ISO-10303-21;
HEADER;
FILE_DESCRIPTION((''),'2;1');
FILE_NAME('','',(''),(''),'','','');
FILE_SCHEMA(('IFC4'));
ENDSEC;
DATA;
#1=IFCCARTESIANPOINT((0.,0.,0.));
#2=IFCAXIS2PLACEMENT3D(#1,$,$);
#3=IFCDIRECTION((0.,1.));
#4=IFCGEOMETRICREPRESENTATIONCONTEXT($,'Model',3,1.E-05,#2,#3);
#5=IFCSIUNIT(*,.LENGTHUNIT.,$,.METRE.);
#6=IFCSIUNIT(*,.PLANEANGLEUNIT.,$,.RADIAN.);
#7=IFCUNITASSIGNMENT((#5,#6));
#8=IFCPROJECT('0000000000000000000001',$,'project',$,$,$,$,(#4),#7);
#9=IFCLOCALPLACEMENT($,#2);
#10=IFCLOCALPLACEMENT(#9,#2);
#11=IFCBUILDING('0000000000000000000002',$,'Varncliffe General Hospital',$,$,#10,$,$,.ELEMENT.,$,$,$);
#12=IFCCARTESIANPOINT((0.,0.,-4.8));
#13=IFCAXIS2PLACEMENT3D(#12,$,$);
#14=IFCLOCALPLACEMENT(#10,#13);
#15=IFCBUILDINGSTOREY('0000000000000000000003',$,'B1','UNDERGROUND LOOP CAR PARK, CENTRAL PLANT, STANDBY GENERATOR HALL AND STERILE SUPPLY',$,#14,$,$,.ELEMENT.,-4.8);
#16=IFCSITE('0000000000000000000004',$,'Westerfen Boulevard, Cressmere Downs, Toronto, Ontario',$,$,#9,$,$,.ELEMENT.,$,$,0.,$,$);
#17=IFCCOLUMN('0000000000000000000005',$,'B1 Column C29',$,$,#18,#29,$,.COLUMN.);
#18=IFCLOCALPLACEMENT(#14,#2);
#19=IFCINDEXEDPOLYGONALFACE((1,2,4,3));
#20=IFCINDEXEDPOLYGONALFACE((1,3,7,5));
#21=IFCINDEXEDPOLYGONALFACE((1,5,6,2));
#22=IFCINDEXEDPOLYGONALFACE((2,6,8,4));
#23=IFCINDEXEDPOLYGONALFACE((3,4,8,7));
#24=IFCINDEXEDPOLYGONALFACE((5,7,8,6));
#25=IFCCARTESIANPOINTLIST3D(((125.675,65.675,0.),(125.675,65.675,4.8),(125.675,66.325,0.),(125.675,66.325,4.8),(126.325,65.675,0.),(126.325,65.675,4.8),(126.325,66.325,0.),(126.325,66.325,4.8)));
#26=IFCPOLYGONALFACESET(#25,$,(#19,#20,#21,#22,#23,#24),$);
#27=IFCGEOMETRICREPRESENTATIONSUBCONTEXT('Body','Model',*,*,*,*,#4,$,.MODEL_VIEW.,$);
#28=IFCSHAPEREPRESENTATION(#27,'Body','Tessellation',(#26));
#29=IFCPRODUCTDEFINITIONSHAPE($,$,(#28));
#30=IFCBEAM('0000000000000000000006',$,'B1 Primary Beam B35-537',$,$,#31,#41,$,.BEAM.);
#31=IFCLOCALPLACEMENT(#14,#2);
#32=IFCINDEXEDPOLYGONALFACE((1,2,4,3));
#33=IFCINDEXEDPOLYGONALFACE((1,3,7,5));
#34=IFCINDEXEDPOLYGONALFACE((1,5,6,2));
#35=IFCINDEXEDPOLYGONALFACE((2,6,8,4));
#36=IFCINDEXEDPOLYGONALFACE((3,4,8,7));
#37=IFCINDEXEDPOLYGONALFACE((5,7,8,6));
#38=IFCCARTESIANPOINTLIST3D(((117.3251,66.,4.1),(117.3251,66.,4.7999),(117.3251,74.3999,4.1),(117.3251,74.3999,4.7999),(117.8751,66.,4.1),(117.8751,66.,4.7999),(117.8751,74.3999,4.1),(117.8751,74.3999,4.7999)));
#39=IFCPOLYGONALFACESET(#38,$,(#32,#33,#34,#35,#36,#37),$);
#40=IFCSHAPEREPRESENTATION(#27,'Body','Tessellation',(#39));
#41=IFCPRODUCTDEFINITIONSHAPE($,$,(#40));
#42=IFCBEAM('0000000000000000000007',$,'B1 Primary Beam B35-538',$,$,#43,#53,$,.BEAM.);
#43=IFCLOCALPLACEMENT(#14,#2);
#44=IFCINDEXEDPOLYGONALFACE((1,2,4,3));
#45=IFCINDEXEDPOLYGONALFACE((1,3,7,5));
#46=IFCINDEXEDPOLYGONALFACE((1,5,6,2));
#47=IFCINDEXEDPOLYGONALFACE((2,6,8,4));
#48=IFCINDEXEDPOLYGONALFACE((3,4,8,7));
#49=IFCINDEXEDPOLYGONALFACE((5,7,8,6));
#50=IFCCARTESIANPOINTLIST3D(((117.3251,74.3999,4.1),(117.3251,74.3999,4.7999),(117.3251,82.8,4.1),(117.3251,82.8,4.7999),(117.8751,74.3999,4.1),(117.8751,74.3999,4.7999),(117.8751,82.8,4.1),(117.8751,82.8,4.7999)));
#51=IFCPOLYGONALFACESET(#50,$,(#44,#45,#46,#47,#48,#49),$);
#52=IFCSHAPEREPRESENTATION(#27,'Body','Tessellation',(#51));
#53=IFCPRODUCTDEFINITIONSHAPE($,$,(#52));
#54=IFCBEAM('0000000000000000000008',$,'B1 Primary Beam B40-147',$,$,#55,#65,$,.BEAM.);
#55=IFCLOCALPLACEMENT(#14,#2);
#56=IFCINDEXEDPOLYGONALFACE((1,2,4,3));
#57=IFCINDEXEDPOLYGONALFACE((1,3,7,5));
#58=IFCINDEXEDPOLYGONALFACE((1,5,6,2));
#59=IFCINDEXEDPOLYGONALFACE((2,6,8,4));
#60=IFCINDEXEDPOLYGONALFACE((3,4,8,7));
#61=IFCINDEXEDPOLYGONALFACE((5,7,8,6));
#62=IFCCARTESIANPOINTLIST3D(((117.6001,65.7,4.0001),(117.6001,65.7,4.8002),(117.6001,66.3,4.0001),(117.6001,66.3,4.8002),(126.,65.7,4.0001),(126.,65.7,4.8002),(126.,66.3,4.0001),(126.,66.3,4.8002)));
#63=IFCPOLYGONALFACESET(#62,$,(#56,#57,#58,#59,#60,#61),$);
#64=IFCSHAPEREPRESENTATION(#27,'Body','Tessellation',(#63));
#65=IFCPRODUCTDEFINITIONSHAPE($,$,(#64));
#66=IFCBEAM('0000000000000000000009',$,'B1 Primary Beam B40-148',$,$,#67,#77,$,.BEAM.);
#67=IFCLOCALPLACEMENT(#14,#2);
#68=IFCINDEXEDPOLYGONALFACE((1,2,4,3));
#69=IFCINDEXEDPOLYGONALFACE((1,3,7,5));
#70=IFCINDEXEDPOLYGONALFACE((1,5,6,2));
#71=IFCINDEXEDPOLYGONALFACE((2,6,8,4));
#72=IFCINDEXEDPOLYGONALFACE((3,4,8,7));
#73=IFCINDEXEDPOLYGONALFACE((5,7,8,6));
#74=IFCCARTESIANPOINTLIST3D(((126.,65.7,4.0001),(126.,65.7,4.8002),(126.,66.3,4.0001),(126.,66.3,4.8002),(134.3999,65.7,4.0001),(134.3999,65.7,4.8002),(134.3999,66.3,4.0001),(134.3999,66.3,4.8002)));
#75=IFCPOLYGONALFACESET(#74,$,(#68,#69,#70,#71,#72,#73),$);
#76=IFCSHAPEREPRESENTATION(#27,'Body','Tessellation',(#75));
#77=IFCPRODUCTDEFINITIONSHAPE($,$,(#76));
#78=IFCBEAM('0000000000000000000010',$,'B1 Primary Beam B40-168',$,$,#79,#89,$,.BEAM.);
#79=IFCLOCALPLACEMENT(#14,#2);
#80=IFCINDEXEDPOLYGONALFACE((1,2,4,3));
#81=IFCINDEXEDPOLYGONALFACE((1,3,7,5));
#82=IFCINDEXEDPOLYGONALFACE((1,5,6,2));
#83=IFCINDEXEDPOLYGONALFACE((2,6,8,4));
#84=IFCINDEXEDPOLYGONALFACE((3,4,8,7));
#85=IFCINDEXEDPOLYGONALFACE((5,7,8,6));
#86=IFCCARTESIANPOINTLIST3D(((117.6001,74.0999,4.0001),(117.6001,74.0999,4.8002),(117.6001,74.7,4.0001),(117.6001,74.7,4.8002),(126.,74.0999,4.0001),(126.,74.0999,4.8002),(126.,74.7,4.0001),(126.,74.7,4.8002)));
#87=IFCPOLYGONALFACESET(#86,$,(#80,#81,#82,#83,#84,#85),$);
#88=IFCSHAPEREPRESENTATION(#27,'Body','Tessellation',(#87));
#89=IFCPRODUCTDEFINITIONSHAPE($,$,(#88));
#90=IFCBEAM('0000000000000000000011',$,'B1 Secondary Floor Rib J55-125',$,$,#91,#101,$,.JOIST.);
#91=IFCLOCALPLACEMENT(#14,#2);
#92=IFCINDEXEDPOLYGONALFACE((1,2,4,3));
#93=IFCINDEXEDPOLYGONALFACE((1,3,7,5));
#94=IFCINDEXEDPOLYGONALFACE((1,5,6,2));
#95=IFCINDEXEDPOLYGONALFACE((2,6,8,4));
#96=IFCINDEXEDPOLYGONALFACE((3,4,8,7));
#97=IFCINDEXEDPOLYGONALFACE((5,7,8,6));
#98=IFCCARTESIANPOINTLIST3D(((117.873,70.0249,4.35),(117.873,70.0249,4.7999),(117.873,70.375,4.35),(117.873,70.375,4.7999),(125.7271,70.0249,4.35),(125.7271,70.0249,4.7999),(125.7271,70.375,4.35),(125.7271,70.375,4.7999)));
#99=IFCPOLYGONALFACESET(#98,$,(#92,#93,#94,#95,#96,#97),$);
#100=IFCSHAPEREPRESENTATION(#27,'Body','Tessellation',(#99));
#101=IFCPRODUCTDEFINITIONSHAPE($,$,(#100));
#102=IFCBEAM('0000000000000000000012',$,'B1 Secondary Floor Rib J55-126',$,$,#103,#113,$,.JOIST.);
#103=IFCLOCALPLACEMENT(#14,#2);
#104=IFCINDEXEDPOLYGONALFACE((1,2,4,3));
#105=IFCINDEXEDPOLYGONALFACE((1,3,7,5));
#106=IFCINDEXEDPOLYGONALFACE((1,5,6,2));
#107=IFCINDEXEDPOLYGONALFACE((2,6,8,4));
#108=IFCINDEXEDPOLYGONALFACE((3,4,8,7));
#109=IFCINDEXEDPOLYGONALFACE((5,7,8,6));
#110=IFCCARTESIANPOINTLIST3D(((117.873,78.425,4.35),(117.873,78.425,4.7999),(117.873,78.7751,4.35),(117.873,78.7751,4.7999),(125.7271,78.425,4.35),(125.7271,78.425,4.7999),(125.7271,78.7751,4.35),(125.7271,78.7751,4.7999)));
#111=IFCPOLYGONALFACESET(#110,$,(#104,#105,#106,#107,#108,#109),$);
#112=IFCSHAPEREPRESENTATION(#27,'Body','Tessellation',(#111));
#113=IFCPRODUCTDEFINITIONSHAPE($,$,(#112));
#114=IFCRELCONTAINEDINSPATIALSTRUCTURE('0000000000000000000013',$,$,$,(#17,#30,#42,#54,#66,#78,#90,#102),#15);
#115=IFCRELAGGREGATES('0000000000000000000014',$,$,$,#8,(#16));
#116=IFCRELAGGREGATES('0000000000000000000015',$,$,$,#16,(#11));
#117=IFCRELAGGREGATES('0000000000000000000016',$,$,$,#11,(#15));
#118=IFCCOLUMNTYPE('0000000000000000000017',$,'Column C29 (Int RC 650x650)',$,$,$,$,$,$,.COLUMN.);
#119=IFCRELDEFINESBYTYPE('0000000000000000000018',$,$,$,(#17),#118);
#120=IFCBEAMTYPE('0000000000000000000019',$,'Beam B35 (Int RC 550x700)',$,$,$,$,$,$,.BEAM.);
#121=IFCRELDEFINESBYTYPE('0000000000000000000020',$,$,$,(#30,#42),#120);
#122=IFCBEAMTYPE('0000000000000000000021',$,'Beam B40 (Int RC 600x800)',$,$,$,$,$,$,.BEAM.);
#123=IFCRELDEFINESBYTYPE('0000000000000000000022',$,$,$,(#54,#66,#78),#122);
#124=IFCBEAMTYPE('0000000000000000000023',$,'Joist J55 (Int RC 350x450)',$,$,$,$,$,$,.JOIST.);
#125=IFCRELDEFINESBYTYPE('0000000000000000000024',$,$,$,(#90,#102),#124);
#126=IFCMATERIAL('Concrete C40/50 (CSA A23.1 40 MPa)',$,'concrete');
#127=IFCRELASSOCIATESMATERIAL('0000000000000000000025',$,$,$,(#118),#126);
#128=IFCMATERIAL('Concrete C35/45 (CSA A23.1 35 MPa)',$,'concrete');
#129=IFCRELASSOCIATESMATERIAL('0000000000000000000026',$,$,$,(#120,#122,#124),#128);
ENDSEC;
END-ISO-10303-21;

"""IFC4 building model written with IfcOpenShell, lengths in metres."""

from ifc_helpers import new_model, si_unit, direction, frame, origin, origin_2d, place, context, subcontext, project, spatial, rectangle, extrude, material, material_profile, profile_set, type_object, element, save


model = new_model("IFC4")

# Units and contexts
model_context = context("Model", 3, precision=1e-05, world=origin(), true_north=direction((0.0, 1.0)))
body_context = subcontext(model_context, "Body", "Model", "MODEL_VIEW")
ifc_project = project(units=[si_unit("LENGTHUNIT", "METRE"), si_unit("PLANEANGLEUNIT", "RADIAN")], contexts=[model_context])

# Site, building, storey
site_placement = place(None, origin())
site = spatial("IfcSite", under=ifc_project, at=site_placement, Name="Westerfen Boulevard, Cressmere Downs, Toronto, Ontario", CompositionType="ELEMENT", RefElevation=0.0)
building_placement = place(site_placement, origin())
building = spatial("IfcBuilding", under=site, at=building_placement, Name="Varncliffe General Hospital", CompositionType="ELEMENT")
storey_placement = place(building_placement, frame((0.0, 0.0, -4.8)))
storey = spatial("IfcBuildingStorey", under=building, at=storey_placement, Name="B1", Description="UNDERGROUND LOOP CAR PARK, CENTRAL PLANT, STANDBY GENERATOR HALL AND STERILE SUPPLY", CompositionType="ELEMENT", Elevation=-4.8)

# Shared definitions
ifc_material_1 = material(Name="Concrete C40/50 (CSA A23.1 40 MPa)", Category="concrete")

# Column
ifc_material_profile_1 = material_profile(ifc_material_1, rectangle(XDim=0.6499, YDim=0.6499, at=origin_2d()), Name="RC 650x650")
ifc_profile_set_1 = profile_set([ifc_material_profile_1], Name="Concrete C40/50 (CSA A23.1 40 MPa)")
column_type_1 = type_object("IfcColumnType", Name="Column C29 (Int RC 650x650)", PredefinedType="COLUMN", material=ifc_profile_set_1)
column_placement = place(storey_placement, frame((126.0, 66.0, 0.0), z_axis=(0.0, 0.0, 1.0), x_axis=(1.0, 0.0, 0.0)))
element("IfcColumn", 1, at=column_placement, inside=storey, type_object=column_type_1, Name="B1 Column C29", PredefinedType="COLUMN", context=body_context, shape_type="SweptSolid", body=[
    extrude(rectangle(XDim=0.6499, YDim=0.6499, at=origin_2d()), origin(), (0.0, 0.0, 1.0), 4.8),
])

# Beams
ifc_material_2 = material(Name="Concrete C35/45 (CSA A23.1 35 MPa)", Category="concrete")
ifc_material_profile_2 = material_profile(ifc_material_2, rectangle(XDim=0.55, YDim=0.7, at=origin_2d()), Name="RC 550x700")
ifc_profile_set_2 = profile_set([ifc_material_profile_2], Name="Concrete C35/45 (CSA A23.1 35 MPa)")
beam_type_1 = type_object("IfcBeamType", Name="Beam B35 (Int RC 550x700)", PredefinedType="BEAM", material=ifc_profile_set_2)
beam_1_placement = place(storey_placement, frame((117.6001, 66.0, 4.45), z_axis=(0.0, 1.0, 0.0), x_axis=(-1.0, 0.0, 0.0)))
element("IfcBeam", 2, at=beam_1_placement, inside=storey, type_object=beam_type_1, Name="B1 Primary Beam B35-537", PredefinedType="BEAM", context=body_context, shape_type="SweptSolid", body=[
    extrude(rectangle(XDim=0.55, YDim=0.7, at=origin_2d()), origin(), (0.0, 0.0, 1.0), 8.3999),
])
beam_2_placement = place(storey_placement, frame((117.6001, 74.3999, 4.45), z_axis=(0.0, 1.0, 0.0), x_axis=(-1.0, 0.0, 0.0)))
element("IfcBeam", 3, at=beam_2_placement, inside=storey, type_object=beam_type_1, Name="B1 Primary Beam B35-538", PredefinedType="BEAM", context=body_context, shape_type="SweptSolid", body=[
    extrude(rectangle(XDim=0.55, YDim=0.7, at=origin_2d()), origin(), (0.0, 0.0, 1.0), 8.4001),
])
ifc_material_profile_3 = material_profile(ifc_material_2, rectangle(XDim=0.6001, YDim=0.8, at=origin_2d()), Name="RC 600x800")
ifc_profile_set_3 = profile_set([ifc_material_profile_3], Name="Concrete C35/45 (CSA A23.1 35 MPa)")
beam_type_2 = type_object("IfcBeamType", Name="Beam B40 (Int RC 600x800)", PredefinedType="BEAM", material=ifc_profile_set_3)
for number, where, z_axis, x_axis, name in (
    (4, (117.6001, 66.0, 4.4001), (1.0, 0.0, 0.0), (0.0, 1.0, 0.0), "B1 Primary Beam B40-147"),
    (5, (126.0, 66.0, 4.4001), (1.0, 0.0, 0.0), (0.0, 1.0, 0.0), "B1 Primary Beam B40-148"),
    (6, (117.6001, 74.3999, 4.4001), (1.0, 0.0, 0.0), (0.0, 1.0, 0.0), "B1 Primary Beam B40-168"),
):
    element("IfcBeam", number, at=place(storey_placement, frame(where, z_axis=z_axis, x_axis=x_axis)), inside=storey, type_object=beam_type_2, Name=name, PredefinedType="BEAM", context=body_context, shape_type="SweptSolid", body=[
        extrude(rectangle(XDim=0.6001, YDim=0.8, at=origin_2d()), origin(), (0.0, 0.0, 1.0), 8.3999),
    ])
ifc_material_profile_4 = material_profile(ifc_material_2, rectangle(XDim=0.3501, YDim=0.45, at=origin_2d()), Name="RC 350x450")
ifc_profile_set_4 = profile_set([ifc_material_profile_4], Name="Concrete C35/45 (CSA A23.1 35 MPa)")
beam_type_3 = type_object("IfcBeamType", Name="Joist J55 (Int RC 350x450)", PredefinedType="JOIST", material=ifc_profile_set_4)
for number, where, z_axis, x_axis, name in (
    (7, (117.873, 70.2, 4.575), (1.0, 0.0, 0.0), (0.0, 1.0, 0.0), "B1 Secondary Floor Rib J55-125"),
    (8, (117.873, 78.6001, 4.575), (1.0, 0.0, 0.0), (0.0, 1.0, 0.0), "B1 Secondary Floor Rib J55-126"),
):
    element("IfcBeam", number, at=place(storey_placement, frame(where, z_axis=z_axis, x_axis=x_axis)), inside=storey, type_object=beam_type_3, Name=name, PredefinedType="JOIST", context=body_context, shape_type="SweptSolid", body=[
        extrude(rectangle(XDim=0.3501, YDim=0.45, at=origin_2d()), origin(), (0.0, 0.0, 1.0), 7.854),
    ])

save(model, "model.ifc")
